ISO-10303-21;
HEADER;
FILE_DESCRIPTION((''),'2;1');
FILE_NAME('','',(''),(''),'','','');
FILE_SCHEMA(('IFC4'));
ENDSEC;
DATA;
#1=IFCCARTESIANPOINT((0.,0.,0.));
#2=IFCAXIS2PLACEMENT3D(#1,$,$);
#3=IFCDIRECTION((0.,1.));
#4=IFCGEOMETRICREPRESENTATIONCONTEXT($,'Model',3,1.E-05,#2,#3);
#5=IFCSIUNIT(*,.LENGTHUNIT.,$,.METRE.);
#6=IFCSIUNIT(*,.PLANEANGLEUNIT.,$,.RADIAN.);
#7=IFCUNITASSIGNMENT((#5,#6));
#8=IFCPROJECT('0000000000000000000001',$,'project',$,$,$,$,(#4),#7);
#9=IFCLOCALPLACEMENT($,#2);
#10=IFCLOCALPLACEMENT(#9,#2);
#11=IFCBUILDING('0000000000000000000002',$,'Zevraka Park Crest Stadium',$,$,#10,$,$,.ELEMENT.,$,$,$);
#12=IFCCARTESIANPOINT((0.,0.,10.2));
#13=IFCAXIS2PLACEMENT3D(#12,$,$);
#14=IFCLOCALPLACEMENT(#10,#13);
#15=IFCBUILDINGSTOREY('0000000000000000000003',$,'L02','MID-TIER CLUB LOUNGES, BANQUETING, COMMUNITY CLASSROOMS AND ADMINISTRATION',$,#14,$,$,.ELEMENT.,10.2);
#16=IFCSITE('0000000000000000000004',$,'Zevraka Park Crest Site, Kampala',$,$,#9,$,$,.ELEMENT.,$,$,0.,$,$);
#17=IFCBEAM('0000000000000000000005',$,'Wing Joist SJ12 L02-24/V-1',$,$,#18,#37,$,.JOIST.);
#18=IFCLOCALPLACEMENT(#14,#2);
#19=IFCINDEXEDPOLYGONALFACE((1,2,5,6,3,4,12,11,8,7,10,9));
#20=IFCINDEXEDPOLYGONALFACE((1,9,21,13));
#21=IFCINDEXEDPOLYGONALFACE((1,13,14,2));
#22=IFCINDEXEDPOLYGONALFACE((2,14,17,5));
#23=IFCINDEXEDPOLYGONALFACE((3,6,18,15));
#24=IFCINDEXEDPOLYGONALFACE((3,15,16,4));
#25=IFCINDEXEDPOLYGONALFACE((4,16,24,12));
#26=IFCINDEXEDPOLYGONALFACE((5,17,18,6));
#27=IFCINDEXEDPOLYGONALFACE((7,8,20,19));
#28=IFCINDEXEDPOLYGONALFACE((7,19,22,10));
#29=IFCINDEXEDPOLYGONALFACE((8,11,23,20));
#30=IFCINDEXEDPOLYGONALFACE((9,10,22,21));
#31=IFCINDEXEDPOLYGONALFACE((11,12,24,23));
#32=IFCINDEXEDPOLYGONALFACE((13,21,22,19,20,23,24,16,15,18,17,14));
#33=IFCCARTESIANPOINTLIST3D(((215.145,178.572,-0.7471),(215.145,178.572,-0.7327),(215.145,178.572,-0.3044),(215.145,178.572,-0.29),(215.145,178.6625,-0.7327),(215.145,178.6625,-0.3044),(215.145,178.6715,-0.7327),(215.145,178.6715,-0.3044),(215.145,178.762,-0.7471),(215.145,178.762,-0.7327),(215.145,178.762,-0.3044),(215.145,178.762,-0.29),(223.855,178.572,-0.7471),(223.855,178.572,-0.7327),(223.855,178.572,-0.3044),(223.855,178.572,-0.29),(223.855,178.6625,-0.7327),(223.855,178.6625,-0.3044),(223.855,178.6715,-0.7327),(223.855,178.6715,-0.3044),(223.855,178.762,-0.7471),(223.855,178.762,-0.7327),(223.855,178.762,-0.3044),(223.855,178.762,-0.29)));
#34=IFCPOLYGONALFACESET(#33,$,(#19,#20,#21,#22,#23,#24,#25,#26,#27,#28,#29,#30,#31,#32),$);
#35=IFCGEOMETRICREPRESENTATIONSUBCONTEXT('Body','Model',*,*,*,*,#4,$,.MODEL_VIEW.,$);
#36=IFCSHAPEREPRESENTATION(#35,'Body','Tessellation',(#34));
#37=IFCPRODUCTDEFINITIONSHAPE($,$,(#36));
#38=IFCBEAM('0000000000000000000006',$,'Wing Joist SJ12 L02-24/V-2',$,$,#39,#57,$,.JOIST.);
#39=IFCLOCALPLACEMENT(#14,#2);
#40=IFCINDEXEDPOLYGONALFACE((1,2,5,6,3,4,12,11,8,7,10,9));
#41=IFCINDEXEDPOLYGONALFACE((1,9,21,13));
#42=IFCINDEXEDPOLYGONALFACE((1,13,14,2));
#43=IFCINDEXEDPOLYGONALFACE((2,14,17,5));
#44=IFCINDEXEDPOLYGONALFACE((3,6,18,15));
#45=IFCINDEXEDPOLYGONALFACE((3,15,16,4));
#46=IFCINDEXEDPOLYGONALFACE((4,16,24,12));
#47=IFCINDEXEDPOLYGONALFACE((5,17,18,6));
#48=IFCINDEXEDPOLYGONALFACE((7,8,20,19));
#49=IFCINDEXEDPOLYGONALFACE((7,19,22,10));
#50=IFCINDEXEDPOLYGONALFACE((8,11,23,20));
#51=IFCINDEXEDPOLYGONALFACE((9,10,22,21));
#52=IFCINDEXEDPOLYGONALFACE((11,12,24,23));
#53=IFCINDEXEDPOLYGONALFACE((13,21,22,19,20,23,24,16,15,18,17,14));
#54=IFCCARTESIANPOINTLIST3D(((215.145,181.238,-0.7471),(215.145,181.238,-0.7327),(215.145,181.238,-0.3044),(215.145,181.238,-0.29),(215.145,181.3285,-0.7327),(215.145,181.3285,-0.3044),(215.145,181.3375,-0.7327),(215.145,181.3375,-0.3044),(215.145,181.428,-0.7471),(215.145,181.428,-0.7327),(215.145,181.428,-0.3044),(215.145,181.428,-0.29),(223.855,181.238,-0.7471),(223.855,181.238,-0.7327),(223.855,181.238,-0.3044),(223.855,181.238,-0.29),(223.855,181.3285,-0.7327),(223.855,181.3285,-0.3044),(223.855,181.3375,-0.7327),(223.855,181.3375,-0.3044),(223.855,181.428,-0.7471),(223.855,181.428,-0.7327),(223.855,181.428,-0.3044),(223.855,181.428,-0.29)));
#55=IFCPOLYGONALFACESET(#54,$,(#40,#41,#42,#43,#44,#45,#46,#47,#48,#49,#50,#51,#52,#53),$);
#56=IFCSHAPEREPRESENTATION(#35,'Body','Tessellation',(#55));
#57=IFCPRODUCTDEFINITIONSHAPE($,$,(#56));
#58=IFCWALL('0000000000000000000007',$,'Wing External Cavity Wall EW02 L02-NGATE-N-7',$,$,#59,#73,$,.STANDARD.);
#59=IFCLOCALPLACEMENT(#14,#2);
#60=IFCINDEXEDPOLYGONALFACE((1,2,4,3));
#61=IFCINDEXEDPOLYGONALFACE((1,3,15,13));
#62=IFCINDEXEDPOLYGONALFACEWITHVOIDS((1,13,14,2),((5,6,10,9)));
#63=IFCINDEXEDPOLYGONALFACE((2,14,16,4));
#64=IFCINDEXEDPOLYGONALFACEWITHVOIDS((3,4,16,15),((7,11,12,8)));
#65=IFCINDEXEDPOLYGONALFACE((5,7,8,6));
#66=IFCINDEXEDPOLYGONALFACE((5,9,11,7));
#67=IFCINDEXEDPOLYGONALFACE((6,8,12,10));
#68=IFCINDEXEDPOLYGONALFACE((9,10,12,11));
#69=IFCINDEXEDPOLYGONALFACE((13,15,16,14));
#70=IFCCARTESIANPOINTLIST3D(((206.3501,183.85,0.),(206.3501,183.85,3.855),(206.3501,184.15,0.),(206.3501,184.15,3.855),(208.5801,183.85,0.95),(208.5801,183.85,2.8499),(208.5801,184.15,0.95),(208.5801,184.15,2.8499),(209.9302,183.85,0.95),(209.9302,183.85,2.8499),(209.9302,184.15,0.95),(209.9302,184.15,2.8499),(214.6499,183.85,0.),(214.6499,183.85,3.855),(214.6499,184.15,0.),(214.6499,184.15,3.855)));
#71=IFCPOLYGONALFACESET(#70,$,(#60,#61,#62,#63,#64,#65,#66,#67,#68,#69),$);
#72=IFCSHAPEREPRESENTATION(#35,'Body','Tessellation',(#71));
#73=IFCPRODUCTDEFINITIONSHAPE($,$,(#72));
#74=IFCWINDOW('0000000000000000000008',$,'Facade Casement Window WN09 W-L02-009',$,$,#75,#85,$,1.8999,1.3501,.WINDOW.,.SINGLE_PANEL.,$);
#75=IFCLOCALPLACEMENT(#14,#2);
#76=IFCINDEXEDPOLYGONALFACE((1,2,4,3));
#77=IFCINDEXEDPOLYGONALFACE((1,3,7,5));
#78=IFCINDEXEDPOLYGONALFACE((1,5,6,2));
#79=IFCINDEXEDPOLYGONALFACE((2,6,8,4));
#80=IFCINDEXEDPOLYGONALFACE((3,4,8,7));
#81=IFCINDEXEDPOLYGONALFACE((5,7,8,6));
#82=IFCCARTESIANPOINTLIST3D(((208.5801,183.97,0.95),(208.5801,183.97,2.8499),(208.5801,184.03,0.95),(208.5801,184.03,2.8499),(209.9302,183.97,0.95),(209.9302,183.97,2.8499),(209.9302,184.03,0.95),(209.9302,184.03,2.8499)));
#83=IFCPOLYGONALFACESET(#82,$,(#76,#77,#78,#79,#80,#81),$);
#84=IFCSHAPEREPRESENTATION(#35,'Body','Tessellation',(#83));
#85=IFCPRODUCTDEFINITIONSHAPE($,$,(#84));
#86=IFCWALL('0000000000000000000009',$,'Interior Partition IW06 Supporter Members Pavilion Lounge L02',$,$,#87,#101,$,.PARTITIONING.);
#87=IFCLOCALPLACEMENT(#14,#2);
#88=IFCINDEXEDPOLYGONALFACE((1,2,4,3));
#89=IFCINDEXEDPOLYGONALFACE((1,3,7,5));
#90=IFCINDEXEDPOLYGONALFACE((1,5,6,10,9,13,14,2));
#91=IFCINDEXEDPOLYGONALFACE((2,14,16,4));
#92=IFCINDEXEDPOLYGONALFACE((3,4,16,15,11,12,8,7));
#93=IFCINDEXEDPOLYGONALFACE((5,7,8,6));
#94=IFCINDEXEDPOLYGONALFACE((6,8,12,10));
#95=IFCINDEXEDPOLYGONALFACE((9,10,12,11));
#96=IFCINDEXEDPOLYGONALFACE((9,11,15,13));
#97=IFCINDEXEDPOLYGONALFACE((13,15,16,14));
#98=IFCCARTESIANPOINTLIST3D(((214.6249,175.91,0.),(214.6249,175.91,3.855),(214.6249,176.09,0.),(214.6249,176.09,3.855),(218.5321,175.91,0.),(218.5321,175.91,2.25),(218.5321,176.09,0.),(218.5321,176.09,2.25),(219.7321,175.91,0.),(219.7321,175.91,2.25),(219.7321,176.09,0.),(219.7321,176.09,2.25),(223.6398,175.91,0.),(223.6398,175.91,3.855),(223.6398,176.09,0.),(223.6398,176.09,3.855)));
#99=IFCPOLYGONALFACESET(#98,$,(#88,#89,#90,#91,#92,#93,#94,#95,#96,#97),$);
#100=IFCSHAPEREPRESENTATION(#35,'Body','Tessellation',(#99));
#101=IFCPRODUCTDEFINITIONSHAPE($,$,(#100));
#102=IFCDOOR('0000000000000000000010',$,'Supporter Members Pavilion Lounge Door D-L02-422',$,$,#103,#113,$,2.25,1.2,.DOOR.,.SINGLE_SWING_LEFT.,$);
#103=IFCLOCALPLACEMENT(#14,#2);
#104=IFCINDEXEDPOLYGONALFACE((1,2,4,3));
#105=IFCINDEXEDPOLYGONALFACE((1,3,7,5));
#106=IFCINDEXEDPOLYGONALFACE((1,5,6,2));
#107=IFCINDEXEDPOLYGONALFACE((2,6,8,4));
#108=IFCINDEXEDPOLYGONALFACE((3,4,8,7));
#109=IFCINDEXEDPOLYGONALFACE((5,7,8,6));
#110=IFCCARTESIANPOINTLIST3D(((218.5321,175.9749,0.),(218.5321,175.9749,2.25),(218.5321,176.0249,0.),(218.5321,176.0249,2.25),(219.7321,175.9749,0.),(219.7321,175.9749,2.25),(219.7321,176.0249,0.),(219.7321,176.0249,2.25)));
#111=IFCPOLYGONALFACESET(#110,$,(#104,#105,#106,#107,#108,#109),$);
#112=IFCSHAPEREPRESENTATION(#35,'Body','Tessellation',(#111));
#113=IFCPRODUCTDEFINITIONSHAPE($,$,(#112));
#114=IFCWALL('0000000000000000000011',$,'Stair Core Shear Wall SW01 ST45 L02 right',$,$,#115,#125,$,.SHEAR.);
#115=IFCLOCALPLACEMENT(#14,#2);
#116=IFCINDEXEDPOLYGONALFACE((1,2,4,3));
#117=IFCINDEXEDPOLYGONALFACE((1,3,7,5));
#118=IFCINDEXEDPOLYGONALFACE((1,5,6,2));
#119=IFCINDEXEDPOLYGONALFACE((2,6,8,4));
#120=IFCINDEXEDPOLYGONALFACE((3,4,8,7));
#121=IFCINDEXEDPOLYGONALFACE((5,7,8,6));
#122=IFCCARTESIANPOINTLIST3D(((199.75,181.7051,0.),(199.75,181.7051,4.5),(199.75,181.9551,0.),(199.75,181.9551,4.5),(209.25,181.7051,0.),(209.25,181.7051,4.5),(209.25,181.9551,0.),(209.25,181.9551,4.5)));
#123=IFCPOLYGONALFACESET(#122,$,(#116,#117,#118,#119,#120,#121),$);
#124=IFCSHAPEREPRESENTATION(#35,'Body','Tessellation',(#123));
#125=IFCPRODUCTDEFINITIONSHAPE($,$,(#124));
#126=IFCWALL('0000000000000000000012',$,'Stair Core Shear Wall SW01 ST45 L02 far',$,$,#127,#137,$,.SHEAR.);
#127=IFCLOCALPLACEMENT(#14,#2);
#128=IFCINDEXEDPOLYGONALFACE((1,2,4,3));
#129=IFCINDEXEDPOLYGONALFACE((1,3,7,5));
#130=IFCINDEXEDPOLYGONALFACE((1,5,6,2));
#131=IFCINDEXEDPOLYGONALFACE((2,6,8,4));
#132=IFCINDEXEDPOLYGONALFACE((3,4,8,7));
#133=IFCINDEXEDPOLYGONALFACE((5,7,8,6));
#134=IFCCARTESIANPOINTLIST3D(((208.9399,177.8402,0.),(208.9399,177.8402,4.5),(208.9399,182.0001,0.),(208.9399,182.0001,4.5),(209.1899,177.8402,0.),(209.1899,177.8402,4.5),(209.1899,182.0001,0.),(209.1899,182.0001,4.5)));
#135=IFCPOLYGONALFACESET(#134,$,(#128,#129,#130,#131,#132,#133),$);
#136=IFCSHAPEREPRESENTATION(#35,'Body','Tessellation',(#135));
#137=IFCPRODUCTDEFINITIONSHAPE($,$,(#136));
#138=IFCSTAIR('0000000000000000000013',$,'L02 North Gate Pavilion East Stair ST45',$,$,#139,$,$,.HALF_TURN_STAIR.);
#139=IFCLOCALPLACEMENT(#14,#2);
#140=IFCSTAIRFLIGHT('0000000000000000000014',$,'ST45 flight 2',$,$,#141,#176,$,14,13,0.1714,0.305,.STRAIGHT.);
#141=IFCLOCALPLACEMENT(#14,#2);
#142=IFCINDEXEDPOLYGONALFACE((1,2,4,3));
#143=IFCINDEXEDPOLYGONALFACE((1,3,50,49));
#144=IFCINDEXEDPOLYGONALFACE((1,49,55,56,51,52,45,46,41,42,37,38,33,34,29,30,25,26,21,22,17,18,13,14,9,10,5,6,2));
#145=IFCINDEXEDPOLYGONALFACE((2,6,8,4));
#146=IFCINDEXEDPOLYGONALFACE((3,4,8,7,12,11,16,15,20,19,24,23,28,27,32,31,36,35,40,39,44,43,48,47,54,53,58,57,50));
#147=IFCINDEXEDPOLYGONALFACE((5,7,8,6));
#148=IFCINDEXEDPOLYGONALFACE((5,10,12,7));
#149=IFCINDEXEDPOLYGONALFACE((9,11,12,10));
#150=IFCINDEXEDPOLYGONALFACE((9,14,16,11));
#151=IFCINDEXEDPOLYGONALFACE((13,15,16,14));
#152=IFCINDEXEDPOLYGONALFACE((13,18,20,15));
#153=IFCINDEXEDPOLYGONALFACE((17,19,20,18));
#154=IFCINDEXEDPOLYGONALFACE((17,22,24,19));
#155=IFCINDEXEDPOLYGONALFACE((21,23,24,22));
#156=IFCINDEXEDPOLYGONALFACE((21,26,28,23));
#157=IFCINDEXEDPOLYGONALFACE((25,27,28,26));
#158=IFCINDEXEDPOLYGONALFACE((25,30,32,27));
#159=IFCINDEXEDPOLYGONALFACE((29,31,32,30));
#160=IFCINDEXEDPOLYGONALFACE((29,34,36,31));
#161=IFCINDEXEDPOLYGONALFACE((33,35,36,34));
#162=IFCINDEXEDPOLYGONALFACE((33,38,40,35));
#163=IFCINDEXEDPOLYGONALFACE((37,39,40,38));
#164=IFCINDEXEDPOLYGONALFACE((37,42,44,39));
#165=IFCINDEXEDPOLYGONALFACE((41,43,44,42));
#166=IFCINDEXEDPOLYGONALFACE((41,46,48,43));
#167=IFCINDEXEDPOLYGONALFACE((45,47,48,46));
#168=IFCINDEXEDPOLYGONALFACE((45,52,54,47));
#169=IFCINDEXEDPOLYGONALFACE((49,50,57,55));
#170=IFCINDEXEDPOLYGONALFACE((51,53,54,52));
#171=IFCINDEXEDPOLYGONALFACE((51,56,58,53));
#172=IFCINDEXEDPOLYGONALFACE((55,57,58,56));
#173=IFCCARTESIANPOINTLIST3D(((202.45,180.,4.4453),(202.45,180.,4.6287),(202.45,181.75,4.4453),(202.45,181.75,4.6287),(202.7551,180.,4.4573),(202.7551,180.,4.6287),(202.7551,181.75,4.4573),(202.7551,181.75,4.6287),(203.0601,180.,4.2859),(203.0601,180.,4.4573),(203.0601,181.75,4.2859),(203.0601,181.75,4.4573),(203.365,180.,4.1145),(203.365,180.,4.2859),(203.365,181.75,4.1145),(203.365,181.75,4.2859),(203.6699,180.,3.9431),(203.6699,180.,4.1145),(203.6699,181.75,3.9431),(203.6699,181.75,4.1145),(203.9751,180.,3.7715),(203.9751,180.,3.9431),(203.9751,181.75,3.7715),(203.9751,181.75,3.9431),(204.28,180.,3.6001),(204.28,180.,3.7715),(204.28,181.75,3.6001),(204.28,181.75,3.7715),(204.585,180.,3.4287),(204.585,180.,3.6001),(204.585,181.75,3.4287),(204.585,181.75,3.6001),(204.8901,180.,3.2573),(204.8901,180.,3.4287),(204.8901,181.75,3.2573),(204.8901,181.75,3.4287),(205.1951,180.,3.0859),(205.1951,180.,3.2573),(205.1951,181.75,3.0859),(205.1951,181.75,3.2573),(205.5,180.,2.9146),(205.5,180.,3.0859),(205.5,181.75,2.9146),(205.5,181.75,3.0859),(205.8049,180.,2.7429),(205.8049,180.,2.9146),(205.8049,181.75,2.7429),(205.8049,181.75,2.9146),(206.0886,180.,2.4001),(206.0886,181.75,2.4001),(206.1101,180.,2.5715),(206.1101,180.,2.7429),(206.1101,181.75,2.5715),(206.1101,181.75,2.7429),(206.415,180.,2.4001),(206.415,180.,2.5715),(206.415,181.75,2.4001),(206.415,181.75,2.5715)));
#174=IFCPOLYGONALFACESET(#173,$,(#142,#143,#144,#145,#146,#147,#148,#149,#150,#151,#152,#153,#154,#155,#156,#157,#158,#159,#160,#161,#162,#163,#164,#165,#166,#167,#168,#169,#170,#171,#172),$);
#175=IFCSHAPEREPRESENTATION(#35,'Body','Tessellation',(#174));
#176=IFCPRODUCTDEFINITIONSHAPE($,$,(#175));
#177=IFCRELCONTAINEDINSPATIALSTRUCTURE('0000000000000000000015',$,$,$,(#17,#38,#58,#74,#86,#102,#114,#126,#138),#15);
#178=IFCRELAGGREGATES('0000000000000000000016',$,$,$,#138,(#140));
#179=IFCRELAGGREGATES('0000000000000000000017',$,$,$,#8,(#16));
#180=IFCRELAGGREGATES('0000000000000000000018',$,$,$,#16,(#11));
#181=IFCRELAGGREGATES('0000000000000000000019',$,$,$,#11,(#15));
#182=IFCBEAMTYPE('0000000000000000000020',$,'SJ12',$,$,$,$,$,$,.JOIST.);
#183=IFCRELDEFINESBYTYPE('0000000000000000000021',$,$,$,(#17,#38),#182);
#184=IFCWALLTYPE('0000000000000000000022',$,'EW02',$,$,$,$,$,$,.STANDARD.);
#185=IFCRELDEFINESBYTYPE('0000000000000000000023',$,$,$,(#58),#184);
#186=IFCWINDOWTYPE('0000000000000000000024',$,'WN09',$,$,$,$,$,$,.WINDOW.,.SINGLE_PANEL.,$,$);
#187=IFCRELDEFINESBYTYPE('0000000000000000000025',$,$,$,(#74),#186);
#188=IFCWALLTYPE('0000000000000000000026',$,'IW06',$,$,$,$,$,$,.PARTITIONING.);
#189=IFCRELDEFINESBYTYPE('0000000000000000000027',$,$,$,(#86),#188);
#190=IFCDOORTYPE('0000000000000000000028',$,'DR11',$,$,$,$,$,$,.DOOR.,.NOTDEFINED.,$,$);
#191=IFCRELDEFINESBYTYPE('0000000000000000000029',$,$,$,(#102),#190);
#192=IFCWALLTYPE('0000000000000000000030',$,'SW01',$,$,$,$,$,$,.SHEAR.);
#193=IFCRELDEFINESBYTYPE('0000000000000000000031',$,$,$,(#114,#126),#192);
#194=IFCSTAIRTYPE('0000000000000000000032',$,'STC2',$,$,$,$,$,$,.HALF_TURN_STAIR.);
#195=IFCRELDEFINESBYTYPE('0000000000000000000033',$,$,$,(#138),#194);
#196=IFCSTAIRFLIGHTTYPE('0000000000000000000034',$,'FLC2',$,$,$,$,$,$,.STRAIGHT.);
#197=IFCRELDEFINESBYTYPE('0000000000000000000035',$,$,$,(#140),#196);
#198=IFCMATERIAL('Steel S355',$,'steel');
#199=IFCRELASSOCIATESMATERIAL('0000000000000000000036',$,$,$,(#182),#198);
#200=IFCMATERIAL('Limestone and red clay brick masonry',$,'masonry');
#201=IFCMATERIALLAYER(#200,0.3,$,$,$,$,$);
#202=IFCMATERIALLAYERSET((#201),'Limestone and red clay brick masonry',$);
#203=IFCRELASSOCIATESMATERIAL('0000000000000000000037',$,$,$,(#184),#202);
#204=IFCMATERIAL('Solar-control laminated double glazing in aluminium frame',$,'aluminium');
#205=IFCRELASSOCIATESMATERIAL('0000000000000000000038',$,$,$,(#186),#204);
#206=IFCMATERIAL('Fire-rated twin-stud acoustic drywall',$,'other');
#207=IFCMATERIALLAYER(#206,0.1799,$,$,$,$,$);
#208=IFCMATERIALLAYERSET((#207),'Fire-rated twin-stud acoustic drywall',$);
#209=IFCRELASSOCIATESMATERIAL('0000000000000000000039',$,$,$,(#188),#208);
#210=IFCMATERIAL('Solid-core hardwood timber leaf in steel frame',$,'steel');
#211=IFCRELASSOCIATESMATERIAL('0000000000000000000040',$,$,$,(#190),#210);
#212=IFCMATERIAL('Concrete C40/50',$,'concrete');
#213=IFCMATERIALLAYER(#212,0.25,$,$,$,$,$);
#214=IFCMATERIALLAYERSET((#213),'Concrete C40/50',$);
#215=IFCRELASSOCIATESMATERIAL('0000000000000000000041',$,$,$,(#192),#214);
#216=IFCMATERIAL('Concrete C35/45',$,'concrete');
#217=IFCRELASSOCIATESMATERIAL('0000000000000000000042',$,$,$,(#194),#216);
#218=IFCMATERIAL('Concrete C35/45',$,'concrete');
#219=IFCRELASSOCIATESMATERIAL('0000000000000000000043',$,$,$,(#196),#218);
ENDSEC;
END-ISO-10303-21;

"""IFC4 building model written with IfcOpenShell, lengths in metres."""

from ifc_helpers import new_model, si_unit, direction, frame, frame_2d, origin, origin_2d, place, context, subcontext, project, spatial, polyline, rectangle, i_section, outline, extrude, material, layer, layer_set, material_profile, profile_set, type_object, element, fill, aggregate, save


model = new_model("IFC4")

# Units and contexts
model_context = context("Model", 3, precision=1e-05, world=origin(), true_north=direction((0.0, 1.0)))
body_context = subcontext(model_context, "Body", "Model", "MODEL_VIEW")
ifc_project = project(units=[si_unit("LENGTHUNIT", "METRE"), si_unit("PLANEANGLEUNIT", "RADIAN")], contexts=[model_context])

# Site, building, storey
site_placement = place(None, origin())
site = spatial("IfcSite", under=ifc_project, at=site_placement, Name="Zevraka Park Crest Site, Kampala", CompositionType="ELEMENT", RefElevation=0.0)
building_placement = place(site_placement, origin())
building = spatial("IfcBuilding", under=site, at=building_placement, Name="Zevraka Park Crest Stadium", CompositionType="ELEMENT")
storey_placement = place(building_placement, frame((0.0, 0.0, 10.2)))
storey = spatial("IfcBuildingStorey", under=building, at=storey_placement, Name="L02", Description="MID-TIER CLUB LOUNGES, BANQUETING, COMMUNITY CLASSROOMS AND ADMINISTRATION", CompositionType="ELEMENT", Elevation=10.2)

# Beams
ifc_material_1 = material(Name="Steel S355", Category="steel")
ifc_material_profile_1 = material_profile(ifc_material_1, i_section(OverallWidth=0.1899, OverallDepth=0.457, WebThickness=0.009, FlangeThickness=0.0144, at=origin_2d()), Name="UKB 457x191x74")
ifc_profile_set_1 = profile_set([ifc_material_profile_1], Name="Steel S355")
beam_type_1 = type_object("IfcBeamType", Name="SJ12", PredefinedType="JOIST", material=ifc_profile_set_1)
for number, where, z_axis, x_axis, name in (
    (1, (215.145, 178.667, -0.5186), (1.0, 0.0, 0.0), (0.0, 1.0, 0.0), "Wing Joist SJ12 L02-24/V-1"),
    (2, (215.145, 181.333, -0.5186), (1.0, 0.0, 0.0), (0.0, 1.0, 0.0), "Wing Joist SJ12 L02-24/V-2"),
):
    element("IfcBeam", number, at=place(storey_placement, frame(where, z_axis=z_axis, x_axis=x_axis)), inside=storey, type_object=beam_type_1, Name=name, PredefinedType="JOIST", context=body_context, shape_type="SweptSolid", body=[
        extrude(i_section(OverallWidth=0.1899, OverallDepth=0.457, WebThickness=0.009, FlangeThickness=0.0144, at=origin_2d()), origin(), (0.0, 0.0, 1.0), 8.71),
    ])

# Wall, opening, window
ifc_material_2 = material(Name="Limestone and red clay brick masonry", Category="masonry")
ifc_layer_1 = layer(ifc_material_2, 0.3)
ifc_layer_set_1 = layer_set([ifc_layer_1], Name="Limestone and red clay brick masonry")
wall_type_1 = type_object("IfcWallType", Name="EW02", PredefinedType="STANDARD", material=ifc_layer_set_1)
wall_1_placement = place(storey_placement, frame((206.3501, 184.0, 0.0), z_axis=(0.0, 0.0, 1.0), x_axis=(1.0, 0.0, 0.0)))
wall_1 = element("IfcWall", 3, at=wall_1_placement, inside=storey, type_object=wall_type_1, Name="Wing External Cavity Wall EW02 L02-NGATE-N-7", PredefinedType="STANDARD", context=body_context, shape_type="SweptSolid", body=[
    extrude(rectangle(XDim=8.2998, YDim=0.3, at=frame_2d((4.1499, 0.0))), origin(), (0.0, 0.0, 1.0), 3.855),
])
opening_1_placement = place(wall_1_placement, frame((2.23, 0.0, 0.95)))
opening_1 = element("IfcOpeningElement", 4, at=opening_1_placement, cuts=wall_1, PredefinedType="OPENING", context=body_context, shape_type="SweptSolid", body=[
    extrude(rectangle(XDim=1.3501, YDim=1.8999, at=frame_2d((0.675, 0.95))), frame((0.0, 0.1599, 0.0), z_axis=(0.0, -1.0, 0.0), x_axis=(1.0, 0.0, 0.0)), (0.0, 0.0, 1.0), 0.3201),
])
ifc_material_3 = material(Name="Solar-control laminated double glazing in aluminium frame", Category="aluminium")
window_type = type_object("IfcWindowType", Name="WN09", PartitioningType="SINGLE_PANEL", PredefinedType="WINDOW", material=ifc_material_3)
window_placement = place(opening_1_placement, origin())
window = element("IfcWindow", 5, at=window_placement, inside=storey, type_object=window_type, Name="Facade Casement Window WN09 W-L02-009", OverallHeight=1.8999, OverallWidth=1.3501, PartitioningType="SINGLE_PANEL", PredefinedType="WINDOW", context=body_context, shape_type="SweptSolid", body=[
    extrude(rectangle(XDim=1.3501, YDim=1.8999, at=frame_2d((0.675, 0.95))), frame((0.0, 0.03, 0.0), z_axis=(0.0, -1.0, 0.0), x_axis=(1.0, 0.0, 0.0)), (0.0, 0.0, 1.0), 0.0601),
])
fill(opening_1, window)

# Wall, opening, door
ifc_material_4 = material(Name="Fire-rated twin-stud acoustic drywall", Category="other")
ifc_layer_2 = layer(ifc_material_4, 0.1799)
ifc_layer_set_2 = layer_set([ifc_layer_2], Name="Fire-rated twin-stud acoustic drywall")
wall_type_2 = type_object("IfcWallType", Name="IW06", PredefinedType="PARTITIONING", material=ifc_layer_set_2)
wall_2_placement = place(storey_placement, frame((214.625, 176.0, 0.0), z_axis=(0.0, 0.0, 1.0), x_axis=(1.0, 0.0, 0.0)))
wall_2 = element("IfcWall", 6, at=wall_2_placement, inside=storey, type_object=wall_type_2, Name="Interior Partition IW06 Supporter Members Pavilion Lounge L02", PredefinedType="PARTITIONING", context=body_context, shape_type="SweptSolid", body=[
    extrude(rectangle(XDim=9.0149, YDim=0.1799, at=frame_2d((4.5073, 0.0))), origin(), (0.0, 0.0, 1.0), 3.855),
])
opening_2_placement = place(wall_2_placement, frame((3.907, 0.0, 0.0)))
opening_2 = element("IfcOpeningElement", 7, at=opening_2_placement, cuts=wall_2, PredefinedType="OPENING", context=body_context, shape_type="SweptSolid", body=[
    extrude(rectangle(XDim=1.2, YDim=2.25, at=frame_2d((0.6001, 1.125))), frame((0.0, 0.0999, 0.0), z_axis=(0.0, -1.0, 0.0), x_axis=(1.0, 0.0, 0.0)), (0.0, 0.0, 1.0), 0.2),
])
ifc_material_5 = material(Name="Solid-core hardwood timber leaf in steel frame", Category="steel")
door_type = type_object("IfcDoorType", Name="DR11", OperationType="NOTDEFINED", PredefinedType="DOOR", material=ifc_material_5)
door_placement = place(opening_2_placement, origin())
door = element("IfcDoor", 8, at=door_placement, inside=storey, type_object=door_type, Name="Supporter Members Pavilion Lounge Door D-L02-422", OperationType="SINGLE_SWING_LEFT", OverallHeight=2.25, OverallWidth=1.2, PredefinedType="DOOR", context=body_context, shape_type="SweptSolid", body=[
    extrude(rectangle(XDim=1.2, YDim=2.25, at=frame_2d((0.6001, 1.125))), frame((0.0, 0.0249, 0.0), z_axis=(0.0, -1.0, 0.0), x_axis=(1.0, 0.0, 0.0)), (0.0, 0.0, 1.0), 0.05),
])
fill(opening_2, door)

# Walls
ifc_material_6 = material(Name="Concrete C40/50", Category="concrete")
ifc_layer_3 = layer(ifc_material_6, 0.25)
ifc_layer_set_3 = layer_set([ifc_layer_3], Name="Concrete C40/50")
wall_type_3 = type_object("IfcWallType", Name="SW01", PredefinedType="SHEAR", material=ifc_layer_set_3)
wall_3_placement = place(storey_placement, frame((209.25, 181.8301, 0.0), z_axis=(0.0, 0.0, 1.0), x_axis=(-1.0, 0.0, 0.0)))
element("IfcWall", 9, at=wall_3_placement, inside=storey, type_object=wall_type_3, Name="Stair Core Shear Wall SW01 ST45 L02 right", PredefinedType="SHEAR", context=body_context, shape_type="SweptSolid", body=[
    extrude(rectangle(XDim=9.5, YDim=0.25, at=frame_2d((4.75, 0.0))), origin(), (0.0, 0.0, 1.0), 4.5),
])
wall_4_placement = place(storey_placement, frame((209.0649, 177.8401, 0.0), z_axis=(0.0, 0.0, 1.0), x_axis=(0.0, 1.0, 0.0)))
element("IfcWall", 10, at=wall_4_placement, inside=storey, type_object=wall_type_3, Name="Stair Core Shear Wall SW01 ST45 L02 far", PredefinedType="SHEAR", context=body_context, shape_type="SweptSolid", body=[
    extrude(rectangle(XDim=4.1599, YDim=0.25, at=frame_2d((2.0801, 0.0))), origin(), (0.0, 0.0, 1.0), 4.5),
])

# Stair, stair flight
ifc_material_7 = material(Name="Concrete C35/45", Category="concrete")
stair_type = type_object("IfcStairType", Name="STC2", PredefinedType="HALF_TURN_STAIR", material=ifc_material_7)
stair_placement = place(storey_placement, origin())
stair = element("IfcStair", 11, at=stair_placement, inside=storey, type_object=stair_type, Name="L02 North Gate Pavilion East Stair ST45", PredefinedType="HALF_TURN_STAIR")
ifc_material_8 = material(Name="Concrete C35/45", Category="concrete")
stair_flight_type = type_object("IfcStairFlightType", Name="FLC2", PredefinedType="STRAIGHT", material=ifc_material_8)
stair_flight_placement = place(storey_placement, frame((206.415, 180.875, 2.4001), z_axis=(0.0, 0.0, 1.0), x_axis=(-1.0, 0.0, 0.0)))
stair_flight = element("IfcStairFlight", 12, at=stair_flight_placement, type_object=stair_flight_type, Name="ST45 flight 2", NumberOfRisers=14, NumberOfTreads=13, PredefinedType="STRAIGHT", RiserHeight=0.1714, TreadLength=0.305, context=body_context, shape_type="SweptSolid", body=[
    extrude(outline(polyline([(0.0, 0.0), (0.0, 0.1714), (0.3049, 0.1714), (0.3049, 0.3428), (0.6101, 0.3428), (0.6101, 0.5144), (0.915, 0.5144), (0.915, 0.6858), (1.22, 0.6858), (1.22, 0.8572), (1.5249, 0.8572), (1.5249, 1.0286), (1.8301, 1.0286), (1.8301, 1.2), (2.135, 1.2), (2.135, 1.3713), (2.4399, 1.3713), (2.4399, 1.543), (2.7451, 1.543), (2.7451, 1.7144), (3.05, 1.7144), (3.05, 1.8857), (3.355, 1.8857), (3.355, 2.0571), (3.6599, 2.0571), (3.6599, 2.2285), (3.9651, 2.2285), (3.9651, 2.3999), (3.9651, 2.0452), (0.3264, 0.0), (0.0, 0.0)])), frame((0.0, 0.875, 0.0), z_axis=(0.0, -1.0, 0.0), x_axis=(1.0, 0.0, 0.0)), (0.0, 0.0, 1.0), 1.75),
])
aggregate(stair, [stair_flight])

save(model, "model.ifc")
